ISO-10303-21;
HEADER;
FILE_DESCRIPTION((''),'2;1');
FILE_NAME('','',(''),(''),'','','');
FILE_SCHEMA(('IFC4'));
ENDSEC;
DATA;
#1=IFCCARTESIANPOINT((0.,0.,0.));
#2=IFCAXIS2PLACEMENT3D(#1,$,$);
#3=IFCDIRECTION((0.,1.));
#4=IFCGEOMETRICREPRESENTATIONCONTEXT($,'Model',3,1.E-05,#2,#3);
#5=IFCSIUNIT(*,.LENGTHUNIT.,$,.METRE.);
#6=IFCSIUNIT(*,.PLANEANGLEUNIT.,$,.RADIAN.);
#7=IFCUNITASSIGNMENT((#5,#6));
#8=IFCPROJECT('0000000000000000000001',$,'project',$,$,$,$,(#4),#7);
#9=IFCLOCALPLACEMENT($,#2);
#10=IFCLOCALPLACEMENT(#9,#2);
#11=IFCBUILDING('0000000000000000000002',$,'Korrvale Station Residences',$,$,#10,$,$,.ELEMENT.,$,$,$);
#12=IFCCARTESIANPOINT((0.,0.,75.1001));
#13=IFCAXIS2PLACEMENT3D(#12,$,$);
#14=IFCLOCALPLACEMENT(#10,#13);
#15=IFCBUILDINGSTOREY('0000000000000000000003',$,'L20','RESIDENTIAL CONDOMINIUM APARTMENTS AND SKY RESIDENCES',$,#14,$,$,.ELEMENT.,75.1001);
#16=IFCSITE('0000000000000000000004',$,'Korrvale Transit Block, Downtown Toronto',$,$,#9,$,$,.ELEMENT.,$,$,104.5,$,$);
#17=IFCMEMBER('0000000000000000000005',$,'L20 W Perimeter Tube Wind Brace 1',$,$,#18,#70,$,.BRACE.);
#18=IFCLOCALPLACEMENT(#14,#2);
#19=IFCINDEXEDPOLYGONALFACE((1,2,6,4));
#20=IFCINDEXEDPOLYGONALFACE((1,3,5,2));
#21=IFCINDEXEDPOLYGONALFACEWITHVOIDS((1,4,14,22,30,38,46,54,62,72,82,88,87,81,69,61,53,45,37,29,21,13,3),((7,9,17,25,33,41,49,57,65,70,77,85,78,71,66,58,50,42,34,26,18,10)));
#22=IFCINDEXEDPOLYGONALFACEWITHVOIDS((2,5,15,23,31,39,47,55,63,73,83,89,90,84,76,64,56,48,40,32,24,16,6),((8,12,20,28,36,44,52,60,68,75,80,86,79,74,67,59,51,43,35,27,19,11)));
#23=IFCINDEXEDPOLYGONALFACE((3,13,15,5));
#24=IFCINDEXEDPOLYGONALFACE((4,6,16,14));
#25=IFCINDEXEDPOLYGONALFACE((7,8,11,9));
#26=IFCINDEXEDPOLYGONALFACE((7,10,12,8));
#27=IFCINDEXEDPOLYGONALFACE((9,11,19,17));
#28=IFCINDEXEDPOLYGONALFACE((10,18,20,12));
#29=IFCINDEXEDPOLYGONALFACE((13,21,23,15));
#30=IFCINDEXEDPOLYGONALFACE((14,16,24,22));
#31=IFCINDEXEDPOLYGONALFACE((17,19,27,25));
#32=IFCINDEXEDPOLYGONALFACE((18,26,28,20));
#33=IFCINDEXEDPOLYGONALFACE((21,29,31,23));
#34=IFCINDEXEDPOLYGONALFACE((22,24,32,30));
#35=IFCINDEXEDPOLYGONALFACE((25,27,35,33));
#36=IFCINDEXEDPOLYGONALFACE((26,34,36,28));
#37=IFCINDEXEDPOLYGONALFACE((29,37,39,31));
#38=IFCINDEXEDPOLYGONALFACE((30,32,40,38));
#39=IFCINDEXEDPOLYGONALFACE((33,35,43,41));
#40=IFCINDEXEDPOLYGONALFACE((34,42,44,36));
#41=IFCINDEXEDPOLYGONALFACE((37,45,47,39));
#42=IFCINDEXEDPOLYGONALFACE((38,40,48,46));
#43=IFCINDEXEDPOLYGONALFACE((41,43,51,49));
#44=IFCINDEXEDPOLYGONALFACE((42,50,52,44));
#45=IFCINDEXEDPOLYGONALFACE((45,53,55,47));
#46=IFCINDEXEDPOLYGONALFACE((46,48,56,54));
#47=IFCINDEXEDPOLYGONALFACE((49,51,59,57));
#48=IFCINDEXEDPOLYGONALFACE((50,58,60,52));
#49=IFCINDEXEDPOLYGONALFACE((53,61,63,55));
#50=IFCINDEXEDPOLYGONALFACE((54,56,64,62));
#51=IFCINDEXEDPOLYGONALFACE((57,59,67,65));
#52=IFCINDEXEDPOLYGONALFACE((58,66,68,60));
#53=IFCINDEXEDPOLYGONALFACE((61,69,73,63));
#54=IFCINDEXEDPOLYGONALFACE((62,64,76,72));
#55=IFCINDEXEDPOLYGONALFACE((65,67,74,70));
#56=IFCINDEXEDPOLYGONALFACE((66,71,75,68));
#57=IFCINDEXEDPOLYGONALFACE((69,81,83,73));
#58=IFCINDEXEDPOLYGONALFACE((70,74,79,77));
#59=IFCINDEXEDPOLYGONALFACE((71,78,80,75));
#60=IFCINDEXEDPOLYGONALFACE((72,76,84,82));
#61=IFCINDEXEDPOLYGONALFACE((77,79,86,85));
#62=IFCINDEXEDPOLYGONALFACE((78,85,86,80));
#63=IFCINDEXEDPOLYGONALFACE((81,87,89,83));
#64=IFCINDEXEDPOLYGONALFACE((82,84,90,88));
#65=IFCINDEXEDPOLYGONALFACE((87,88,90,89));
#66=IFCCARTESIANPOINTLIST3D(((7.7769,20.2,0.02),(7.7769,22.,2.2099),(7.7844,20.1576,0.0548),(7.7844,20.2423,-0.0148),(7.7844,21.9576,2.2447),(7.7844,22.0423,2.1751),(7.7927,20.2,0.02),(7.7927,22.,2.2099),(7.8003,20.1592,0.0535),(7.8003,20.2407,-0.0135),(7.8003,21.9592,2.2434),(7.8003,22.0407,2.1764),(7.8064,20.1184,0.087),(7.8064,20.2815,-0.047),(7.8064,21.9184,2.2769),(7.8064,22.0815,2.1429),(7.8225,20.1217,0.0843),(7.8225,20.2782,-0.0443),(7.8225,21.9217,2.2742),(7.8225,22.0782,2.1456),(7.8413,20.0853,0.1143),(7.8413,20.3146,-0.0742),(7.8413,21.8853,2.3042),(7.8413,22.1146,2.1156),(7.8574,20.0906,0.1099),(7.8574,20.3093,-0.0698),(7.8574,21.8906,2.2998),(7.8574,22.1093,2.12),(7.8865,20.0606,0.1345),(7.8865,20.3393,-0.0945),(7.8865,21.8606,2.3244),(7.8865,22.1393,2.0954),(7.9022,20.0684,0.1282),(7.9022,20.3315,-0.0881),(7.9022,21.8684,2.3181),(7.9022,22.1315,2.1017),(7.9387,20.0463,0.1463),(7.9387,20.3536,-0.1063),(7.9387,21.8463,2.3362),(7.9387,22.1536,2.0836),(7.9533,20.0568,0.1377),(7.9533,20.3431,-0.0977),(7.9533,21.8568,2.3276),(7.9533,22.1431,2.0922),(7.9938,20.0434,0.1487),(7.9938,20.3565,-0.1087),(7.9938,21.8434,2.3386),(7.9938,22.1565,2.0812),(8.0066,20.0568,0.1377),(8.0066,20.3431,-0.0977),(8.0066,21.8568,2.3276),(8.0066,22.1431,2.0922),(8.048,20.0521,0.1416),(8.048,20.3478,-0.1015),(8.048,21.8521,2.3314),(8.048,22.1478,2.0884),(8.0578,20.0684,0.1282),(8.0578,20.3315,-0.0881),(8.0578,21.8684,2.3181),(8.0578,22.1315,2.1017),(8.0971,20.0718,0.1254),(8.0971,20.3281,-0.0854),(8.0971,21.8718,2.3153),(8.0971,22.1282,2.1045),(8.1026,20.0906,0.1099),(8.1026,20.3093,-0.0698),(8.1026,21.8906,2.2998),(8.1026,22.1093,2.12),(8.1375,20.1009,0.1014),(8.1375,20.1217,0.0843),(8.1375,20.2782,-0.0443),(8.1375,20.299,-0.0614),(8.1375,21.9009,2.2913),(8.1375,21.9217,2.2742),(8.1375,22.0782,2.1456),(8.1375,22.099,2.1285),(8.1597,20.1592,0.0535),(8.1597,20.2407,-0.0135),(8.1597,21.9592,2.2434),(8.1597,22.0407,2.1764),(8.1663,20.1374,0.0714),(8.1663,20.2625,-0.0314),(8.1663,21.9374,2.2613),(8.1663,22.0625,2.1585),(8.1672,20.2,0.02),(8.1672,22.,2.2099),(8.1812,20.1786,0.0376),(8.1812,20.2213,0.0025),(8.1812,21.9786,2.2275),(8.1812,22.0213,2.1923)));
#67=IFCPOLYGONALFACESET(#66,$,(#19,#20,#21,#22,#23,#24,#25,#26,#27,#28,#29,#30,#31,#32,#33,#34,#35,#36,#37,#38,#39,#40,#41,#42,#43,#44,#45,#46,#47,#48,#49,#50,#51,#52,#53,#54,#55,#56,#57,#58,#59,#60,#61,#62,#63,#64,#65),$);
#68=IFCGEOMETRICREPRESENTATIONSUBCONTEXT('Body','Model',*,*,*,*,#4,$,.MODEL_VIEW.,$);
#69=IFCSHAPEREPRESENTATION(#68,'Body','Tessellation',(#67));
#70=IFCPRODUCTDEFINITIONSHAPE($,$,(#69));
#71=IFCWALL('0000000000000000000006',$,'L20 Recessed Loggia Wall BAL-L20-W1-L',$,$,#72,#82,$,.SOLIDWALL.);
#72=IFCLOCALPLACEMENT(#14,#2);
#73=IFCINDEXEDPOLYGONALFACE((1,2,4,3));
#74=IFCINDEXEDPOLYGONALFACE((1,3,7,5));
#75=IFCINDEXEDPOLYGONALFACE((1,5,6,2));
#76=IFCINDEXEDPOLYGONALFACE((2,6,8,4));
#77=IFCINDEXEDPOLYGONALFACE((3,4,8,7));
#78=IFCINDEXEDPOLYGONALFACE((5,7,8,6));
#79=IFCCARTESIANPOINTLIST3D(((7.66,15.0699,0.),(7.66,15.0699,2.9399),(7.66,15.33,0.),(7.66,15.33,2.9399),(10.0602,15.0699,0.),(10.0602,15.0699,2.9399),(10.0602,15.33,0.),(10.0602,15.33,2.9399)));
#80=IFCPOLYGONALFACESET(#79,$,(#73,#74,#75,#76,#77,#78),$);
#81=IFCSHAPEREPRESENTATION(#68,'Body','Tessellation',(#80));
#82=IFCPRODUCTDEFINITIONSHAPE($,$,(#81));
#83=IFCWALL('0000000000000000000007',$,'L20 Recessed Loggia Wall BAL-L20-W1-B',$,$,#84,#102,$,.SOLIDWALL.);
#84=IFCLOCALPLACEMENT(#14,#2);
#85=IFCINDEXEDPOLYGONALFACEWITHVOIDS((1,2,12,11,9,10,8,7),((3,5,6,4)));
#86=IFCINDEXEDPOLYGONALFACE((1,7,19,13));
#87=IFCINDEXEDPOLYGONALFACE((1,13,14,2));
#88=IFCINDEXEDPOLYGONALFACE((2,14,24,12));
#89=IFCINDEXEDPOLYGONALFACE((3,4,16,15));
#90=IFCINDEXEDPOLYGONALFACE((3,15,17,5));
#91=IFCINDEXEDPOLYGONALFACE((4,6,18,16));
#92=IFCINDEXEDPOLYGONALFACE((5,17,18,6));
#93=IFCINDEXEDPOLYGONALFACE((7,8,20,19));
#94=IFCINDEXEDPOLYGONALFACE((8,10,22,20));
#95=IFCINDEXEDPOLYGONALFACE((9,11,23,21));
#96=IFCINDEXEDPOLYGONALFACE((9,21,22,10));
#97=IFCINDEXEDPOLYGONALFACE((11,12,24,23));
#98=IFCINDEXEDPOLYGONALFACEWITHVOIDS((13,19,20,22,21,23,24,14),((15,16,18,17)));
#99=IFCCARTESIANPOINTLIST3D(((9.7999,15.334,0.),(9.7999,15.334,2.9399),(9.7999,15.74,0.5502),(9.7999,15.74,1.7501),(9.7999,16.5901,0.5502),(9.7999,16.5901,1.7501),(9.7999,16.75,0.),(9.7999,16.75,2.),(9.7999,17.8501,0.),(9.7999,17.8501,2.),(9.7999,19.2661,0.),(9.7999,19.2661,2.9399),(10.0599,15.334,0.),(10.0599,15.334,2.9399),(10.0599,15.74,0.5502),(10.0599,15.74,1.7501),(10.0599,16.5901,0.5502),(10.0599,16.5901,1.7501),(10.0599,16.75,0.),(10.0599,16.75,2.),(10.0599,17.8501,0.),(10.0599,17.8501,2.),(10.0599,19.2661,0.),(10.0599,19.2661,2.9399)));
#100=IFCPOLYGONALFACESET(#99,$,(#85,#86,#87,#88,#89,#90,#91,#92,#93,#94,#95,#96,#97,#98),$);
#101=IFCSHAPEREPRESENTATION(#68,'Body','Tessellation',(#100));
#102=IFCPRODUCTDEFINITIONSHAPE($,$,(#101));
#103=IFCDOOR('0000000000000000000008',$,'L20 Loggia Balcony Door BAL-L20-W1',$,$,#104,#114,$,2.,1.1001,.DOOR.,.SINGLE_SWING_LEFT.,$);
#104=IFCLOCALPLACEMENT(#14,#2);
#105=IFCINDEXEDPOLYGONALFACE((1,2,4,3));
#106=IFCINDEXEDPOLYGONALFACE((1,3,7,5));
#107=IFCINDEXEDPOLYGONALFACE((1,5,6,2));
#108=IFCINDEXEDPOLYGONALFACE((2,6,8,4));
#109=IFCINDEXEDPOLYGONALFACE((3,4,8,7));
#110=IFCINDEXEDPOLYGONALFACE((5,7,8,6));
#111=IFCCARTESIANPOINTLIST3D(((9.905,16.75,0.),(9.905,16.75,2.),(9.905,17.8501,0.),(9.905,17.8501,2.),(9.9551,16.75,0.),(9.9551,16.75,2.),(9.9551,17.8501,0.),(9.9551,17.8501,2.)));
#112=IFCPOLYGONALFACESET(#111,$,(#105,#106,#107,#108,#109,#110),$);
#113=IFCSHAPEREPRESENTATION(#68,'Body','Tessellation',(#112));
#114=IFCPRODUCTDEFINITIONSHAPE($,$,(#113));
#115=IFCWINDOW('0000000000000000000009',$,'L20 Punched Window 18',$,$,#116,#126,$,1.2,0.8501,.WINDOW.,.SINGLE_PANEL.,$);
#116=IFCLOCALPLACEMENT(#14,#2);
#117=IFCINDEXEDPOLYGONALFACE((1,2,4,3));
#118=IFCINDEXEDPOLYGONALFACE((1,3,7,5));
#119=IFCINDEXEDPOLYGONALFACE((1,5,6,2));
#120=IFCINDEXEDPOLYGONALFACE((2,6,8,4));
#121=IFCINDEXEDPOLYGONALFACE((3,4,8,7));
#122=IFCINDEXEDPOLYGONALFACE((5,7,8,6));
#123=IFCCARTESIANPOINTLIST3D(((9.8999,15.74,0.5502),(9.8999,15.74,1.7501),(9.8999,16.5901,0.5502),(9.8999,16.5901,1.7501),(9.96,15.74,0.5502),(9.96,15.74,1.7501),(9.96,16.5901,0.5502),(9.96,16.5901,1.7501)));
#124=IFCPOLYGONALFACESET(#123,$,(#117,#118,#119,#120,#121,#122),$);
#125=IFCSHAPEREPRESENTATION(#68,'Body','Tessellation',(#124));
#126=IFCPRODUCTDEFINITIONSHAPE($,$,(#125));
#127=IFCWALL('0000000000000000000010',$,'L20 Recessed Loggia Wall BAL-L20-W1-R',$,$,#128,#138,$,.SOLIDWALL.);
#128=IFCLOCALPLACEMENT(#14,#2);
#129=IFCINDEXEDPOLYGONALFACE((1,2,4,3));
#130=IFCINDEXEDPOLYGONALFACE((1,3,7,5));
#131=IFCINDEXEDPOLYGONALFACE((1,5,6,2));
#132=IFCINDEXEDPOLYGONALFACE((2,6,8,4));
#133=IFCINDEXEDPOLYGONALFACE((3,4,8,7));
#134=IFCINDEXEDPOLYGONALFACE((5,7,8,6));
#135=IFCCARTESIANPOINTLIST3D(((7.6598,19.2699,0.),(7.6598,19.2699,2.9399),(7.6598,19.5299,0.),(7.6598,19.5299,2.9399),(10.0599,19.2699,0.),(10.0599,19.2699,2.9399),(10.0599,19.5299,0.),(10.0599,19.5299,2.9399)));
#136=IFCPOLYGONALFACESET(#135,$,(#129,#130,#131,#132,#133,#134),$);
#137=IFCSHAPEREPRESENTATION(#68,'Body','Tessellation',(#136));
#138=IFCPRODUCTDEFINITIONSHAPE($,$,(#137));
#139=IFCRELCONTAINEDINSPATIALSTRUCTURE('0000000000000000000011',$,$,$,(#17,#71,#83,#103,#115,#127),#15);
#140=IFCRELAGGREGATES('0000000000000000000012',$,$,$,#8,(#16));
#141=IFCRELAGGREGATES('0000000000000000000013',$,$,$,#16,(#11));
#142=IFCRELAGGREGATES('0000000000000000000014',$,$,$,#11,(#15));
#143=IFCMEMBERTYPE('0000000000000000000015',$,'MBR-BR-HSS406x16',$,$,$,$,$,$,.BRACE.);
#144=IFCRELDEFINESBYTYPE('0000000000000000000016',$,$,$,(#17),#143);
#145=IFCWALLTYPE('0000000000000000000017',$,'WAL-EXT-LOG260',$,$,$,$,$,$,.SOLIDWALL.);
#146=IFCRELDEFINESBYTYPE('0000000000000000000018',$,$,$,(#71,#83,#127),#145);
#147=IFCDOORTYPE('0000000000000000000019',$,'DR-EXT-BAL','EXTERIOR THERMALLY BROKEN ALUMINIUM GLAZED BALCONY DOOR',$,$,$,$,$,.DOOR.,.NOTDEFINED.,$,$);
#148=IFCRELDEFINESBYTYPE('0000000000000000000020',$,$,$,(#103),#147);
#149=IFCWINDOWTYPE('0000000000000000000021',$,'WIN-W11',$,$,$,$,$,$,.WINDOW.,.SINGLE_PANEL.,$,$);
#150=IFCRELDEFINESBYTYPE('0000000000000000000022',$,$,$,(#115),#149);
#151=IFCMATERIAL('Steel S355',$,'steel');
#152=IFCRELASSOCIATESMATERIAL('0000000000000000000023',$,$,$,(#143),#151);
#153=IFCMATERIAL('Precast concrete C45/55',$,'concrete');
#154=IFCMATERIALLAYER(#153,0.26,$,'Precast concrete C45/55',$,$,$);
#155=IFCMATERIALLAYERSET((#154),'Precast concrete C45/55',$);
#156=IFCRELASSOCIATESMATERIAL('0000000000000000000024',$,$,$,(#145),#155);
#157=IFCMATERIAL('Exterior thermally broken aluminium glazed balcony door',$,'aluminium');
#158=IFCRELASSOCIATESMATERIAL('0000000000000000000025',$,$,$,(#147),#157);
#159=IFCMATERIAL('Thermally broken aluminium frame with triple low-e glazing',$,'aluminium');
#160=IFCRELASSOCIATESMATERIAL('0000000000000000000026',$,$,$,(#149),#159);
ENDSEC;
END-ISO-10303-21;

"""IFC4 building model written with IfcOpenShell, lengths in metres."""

from ifc_helpers import new_model, si_unit, direction, frame, frame_2d, origin, origin_2d, place, context, subcontext, project, spatial, rectangle, hollow_circle, extrude, material, layer, layer_set, material_profile, profile_set, type_object, element, fill, save


model = new_model("IFC4")

# Units and contexts
model_context = context("Model", 3, precision=1e-05, world=origin(), true_north=direction((0.0, 1.0)))
body_context = subcontext(model_context, "Body", "Model", "MODEL_VIEW")
ifc_project = project(units=[si_unit("LENGTHUNIT", "METRE"), si_unit("PLANEANGLEUNIT", "RADIAN")], contexts=[model_context])

# Site, building, storey
site_placement = place(None, origin())
site = spatial("IfcSite", under=ifc_project, at=site_placement, Name="Korrvale Transit Block, Downtown Toronto", CompositionType="ELEMENT", RefElevation=104.5)
building_placement = place(site_placement, origin())
building = spatial("IfcBuilding", under=site, at=building_placement, Name="Korrvale Station Residences", CompositionType="ELEMENT")
storey_placement = place(building_placement, frame((0.0, 0.0, 75.1001)))
storey = spatial("IfcBuildingStorey", under=building, at=storey_placement, Name="L20", Description="RESIDENTIAL CONDOMINIUM APARTMENTS AND SKY RESIDENCES", CompositionType="ELEMENT", Elevation=75.1001)

# Shared definitions
ifc_material_1 = material(Name="Steel S355", Category="steel")

# Member
ifc_material_profile_1 = material_profile(ifc_material_1, hollow_circle(Radius=0.2031, WallThickness=0.0159, at=origin_2d()), Name="HSS406x16")
ifc_profile_set_1 = profile_set([ifc_material_profile_1], Name="Steel S355")
member_type = type_object("IfcMemberType", Name="MBR-BR-HSS406x16", PredefinedType="BRACE", material=ifc_profile_set_1)
member_placement = place(storey_placement, frame((7.98, 20.2, 0.02), z_axis=(0.0, 0.634985, 0.772524), x_axis=(-1.0, 0.0, 0.0)))
element("IfcMember", 1, at=member_placement, inside=storey, type_object=member_type, Name="L20 W Perimeter Tube Wind Brace 1", PredefinedType="BRACE", context=body_context, shape_type="SweptSolid", body=[
    extrude(hollow_circle(Radius=0.2031, WallThickness=0.0159, at=origin_2d()), origin(), (0.0, 0.0, 1.0), 2.8347),
])

# Wall
ifc_material_2 = material(Name="Precast concrete C45/55", Category="concrete")
ifc_layer_1 = layer(ifc_material_2, 0.26, Name="Precast concrete C45/55")
ifc_layer_set_1 = layer_set([ifc_layer_1], Name="Precast concrete C45/55")
wall_type_1 = type_object("IfcWallType", Name="WAL-EXT-LOG260", PredefinedType="SOLIDWALL", material=ifc_layer_set_1)
wall_1_placement = place(storey_placement, frame((7.6599, 15.2, 0.0), z_axis=(0.0, 0.0, 1.0), x_axis=(1.0, 0.0, 0.0)))
element("IfcWall", 2, at=wall_1_placement, inside=storey, type_object=wall_type_1, Name="L20 Recessed Loggia Wall BAL-L20-W1-L", PredefinedType="SOLIDWALL", context=body_context, shape_type="SweptSolid", body=[
    extrude(rectangle(XDim=2.4001, YDim=0.26, at=frame_2d((1.2002, 0.0))), origin(), (0.0, 0.0, 1.0), 2.9399),
])

# Wall, openings, door, window
wall_2_placement = place(storey_placement, frame((9.9299, 15.334, 0.0), z_axis=(0.0, 0.0, 1.0), x_axis=(0.0, 1.0, 0.0)))
wall_2 = element("IfcWall", 3, at=wall_2_placement, inside=storey, type_object=wall_type_1, Name="L20 Recessed Loggia Wall BAL-L20-W1-B", PredefinedType="SOLIDWALL", context=body_context, shape_type="SweptSolid", body=[
    extrude(rectangle(XDim=3.9321, YDim=0.26, at=frame_2d((1.9661, 0.0))), origin(), (0.0, 0.0, 1.0), 2.9399),
])
opening_1_placement = place(wall_2_placement, frame((1.416, 0.0, 0.0)))
opening_1 = element("IfcOpeningElement", 4, at=opening_1_placement, cuts=wall_2, PredefinedType="OPENING", context=body_context, shape_type="SweptSolid", body=[
    extrude(rectangle(XDim=1.1001, YDim=2.0, at=frame_2d((0.55, 1.0))), frame((0.0, 0.1401, 0.0), z_axis=(0.0, -1.0, 0.0), x_axis=(1.0, 0.0, 0.0)), (0.0, 0.0, 1.0), 0.28),
])
opening_2_placement = place(wall_2_placement, frame((0.406, 0.0, 0.55)))
opening_2 = element("IfcOpeningElement", 5, at=opening_2_placement, cuts=wall_2, PredefinedType="OPENING", context=body_context, shape_type="SweptSolid", body=[
    extrude(rectangle(XDim=0.8501, YDim=1.2, at=frame_2d((0.425, 0.6001))), frame((0.0, 0.1401, 0.0), z_axis=(0.0, -1.0, 0.0), x_axis=(1.0, 0.0, 0.0)), (0.0, 0.0, 1.0), 0.28),
])
ifc_material_3 = material(Name="Exterior thermally broken aluminium glazed balcony door", Category="aluminium")
door_type_1 = type_object("IfcDoorType", Name="DR-EXT-BAL", Description="EXTERIOR THERMALLY BROKEN ALUMINIUM GLAZED BALCONY DOOR", OperationType="NOTDEFINED", PredefinedType="DOOR", material=ifc_material_3)
door_1_placement = place(opening_1_placement, origin())
door_1 = element("IfcDoor", 6, at=door_1_placement, inside=storey, type_object=door_type_1, Name="L20 Loggia Balcony Door BAL-L20-W1", OperationType="SINGLE_SWING_LEFT", OverallHeight=2.0, OverallWidth=1.1001, PredefinedType="DOOR", context=body_context, shape_type="SweptSolid", body=[
    extrude(rectangle(XDim=1.1001, YDim=2.0, at=frame_2d((0.55, 1.0))), frame((0.0, 0.0249, 0.0), z_axis=(0.0, -1.0, 0.0), x_axis=(1.0, 0.0, 0.0)), (0.0, 0.0, 1.0), 0.05),
])
fill(opening_1, door_1)
ifc_material_4 = material(Name="Thermally broken aluminium frame with triple low-e glazing", Category="aluminium")
window_type_1 = type_object("IfcWindowType", Name="WIN-W11", PartitioningType="SINGLE_PANEL", PredefinedType="WINDOW", material=ifc_material_4)
window_1_placement = place(opening_2_placement, origin())
window_1 = element("IfcWindow", 7, at=window_1_placement, inside=storey, type_object=window_type_1, Name="L20 Punched Window 18", OverallHeight=1.2, OverallWidth=0.8501, PartitioningType="SINGLE_PANEL", PredefinedType="WINDOW", context=body_context, shape_type="SweptSolid", body=[
    extrude(rectangle(XDim=0.8501, YDim=1.2, at=frame_2d((0.425, 0.6001))), frame((0.0, 0.03, 0.0), z_axis=(0.0, -1.0, 0.0), x_axis=(1.0, 0.0, 0.0)), (0.0, 0.0, 1.0), 0.0601),
])
fill(opening_2, window_1)

# Wall
wall_3_placement = place(storey_placement, frame((10.0601, 19.3999, 0.0), z_axis=(0.0, 0.0, 1.0), x_axis=(-1.0, 0.0, 0.0)))
element("IfcWall", 8, at=wall_3_placement, inside=storey, type_object=wall_type_1, Name="L20 Recessed Loggia Wall BAL-L20-W1-R", PredefinedType="SOLIDWALL", context=body_context, shape_type="SweptSolid", body=[
    extrude(rectangle(XDim=2.4001, YDim=0.26, at=frame_2d((1.2002, 0.0))), origin(), (0.0, 0.0, 1.0), 2.9399),
])

save(model, "model.ifc")
